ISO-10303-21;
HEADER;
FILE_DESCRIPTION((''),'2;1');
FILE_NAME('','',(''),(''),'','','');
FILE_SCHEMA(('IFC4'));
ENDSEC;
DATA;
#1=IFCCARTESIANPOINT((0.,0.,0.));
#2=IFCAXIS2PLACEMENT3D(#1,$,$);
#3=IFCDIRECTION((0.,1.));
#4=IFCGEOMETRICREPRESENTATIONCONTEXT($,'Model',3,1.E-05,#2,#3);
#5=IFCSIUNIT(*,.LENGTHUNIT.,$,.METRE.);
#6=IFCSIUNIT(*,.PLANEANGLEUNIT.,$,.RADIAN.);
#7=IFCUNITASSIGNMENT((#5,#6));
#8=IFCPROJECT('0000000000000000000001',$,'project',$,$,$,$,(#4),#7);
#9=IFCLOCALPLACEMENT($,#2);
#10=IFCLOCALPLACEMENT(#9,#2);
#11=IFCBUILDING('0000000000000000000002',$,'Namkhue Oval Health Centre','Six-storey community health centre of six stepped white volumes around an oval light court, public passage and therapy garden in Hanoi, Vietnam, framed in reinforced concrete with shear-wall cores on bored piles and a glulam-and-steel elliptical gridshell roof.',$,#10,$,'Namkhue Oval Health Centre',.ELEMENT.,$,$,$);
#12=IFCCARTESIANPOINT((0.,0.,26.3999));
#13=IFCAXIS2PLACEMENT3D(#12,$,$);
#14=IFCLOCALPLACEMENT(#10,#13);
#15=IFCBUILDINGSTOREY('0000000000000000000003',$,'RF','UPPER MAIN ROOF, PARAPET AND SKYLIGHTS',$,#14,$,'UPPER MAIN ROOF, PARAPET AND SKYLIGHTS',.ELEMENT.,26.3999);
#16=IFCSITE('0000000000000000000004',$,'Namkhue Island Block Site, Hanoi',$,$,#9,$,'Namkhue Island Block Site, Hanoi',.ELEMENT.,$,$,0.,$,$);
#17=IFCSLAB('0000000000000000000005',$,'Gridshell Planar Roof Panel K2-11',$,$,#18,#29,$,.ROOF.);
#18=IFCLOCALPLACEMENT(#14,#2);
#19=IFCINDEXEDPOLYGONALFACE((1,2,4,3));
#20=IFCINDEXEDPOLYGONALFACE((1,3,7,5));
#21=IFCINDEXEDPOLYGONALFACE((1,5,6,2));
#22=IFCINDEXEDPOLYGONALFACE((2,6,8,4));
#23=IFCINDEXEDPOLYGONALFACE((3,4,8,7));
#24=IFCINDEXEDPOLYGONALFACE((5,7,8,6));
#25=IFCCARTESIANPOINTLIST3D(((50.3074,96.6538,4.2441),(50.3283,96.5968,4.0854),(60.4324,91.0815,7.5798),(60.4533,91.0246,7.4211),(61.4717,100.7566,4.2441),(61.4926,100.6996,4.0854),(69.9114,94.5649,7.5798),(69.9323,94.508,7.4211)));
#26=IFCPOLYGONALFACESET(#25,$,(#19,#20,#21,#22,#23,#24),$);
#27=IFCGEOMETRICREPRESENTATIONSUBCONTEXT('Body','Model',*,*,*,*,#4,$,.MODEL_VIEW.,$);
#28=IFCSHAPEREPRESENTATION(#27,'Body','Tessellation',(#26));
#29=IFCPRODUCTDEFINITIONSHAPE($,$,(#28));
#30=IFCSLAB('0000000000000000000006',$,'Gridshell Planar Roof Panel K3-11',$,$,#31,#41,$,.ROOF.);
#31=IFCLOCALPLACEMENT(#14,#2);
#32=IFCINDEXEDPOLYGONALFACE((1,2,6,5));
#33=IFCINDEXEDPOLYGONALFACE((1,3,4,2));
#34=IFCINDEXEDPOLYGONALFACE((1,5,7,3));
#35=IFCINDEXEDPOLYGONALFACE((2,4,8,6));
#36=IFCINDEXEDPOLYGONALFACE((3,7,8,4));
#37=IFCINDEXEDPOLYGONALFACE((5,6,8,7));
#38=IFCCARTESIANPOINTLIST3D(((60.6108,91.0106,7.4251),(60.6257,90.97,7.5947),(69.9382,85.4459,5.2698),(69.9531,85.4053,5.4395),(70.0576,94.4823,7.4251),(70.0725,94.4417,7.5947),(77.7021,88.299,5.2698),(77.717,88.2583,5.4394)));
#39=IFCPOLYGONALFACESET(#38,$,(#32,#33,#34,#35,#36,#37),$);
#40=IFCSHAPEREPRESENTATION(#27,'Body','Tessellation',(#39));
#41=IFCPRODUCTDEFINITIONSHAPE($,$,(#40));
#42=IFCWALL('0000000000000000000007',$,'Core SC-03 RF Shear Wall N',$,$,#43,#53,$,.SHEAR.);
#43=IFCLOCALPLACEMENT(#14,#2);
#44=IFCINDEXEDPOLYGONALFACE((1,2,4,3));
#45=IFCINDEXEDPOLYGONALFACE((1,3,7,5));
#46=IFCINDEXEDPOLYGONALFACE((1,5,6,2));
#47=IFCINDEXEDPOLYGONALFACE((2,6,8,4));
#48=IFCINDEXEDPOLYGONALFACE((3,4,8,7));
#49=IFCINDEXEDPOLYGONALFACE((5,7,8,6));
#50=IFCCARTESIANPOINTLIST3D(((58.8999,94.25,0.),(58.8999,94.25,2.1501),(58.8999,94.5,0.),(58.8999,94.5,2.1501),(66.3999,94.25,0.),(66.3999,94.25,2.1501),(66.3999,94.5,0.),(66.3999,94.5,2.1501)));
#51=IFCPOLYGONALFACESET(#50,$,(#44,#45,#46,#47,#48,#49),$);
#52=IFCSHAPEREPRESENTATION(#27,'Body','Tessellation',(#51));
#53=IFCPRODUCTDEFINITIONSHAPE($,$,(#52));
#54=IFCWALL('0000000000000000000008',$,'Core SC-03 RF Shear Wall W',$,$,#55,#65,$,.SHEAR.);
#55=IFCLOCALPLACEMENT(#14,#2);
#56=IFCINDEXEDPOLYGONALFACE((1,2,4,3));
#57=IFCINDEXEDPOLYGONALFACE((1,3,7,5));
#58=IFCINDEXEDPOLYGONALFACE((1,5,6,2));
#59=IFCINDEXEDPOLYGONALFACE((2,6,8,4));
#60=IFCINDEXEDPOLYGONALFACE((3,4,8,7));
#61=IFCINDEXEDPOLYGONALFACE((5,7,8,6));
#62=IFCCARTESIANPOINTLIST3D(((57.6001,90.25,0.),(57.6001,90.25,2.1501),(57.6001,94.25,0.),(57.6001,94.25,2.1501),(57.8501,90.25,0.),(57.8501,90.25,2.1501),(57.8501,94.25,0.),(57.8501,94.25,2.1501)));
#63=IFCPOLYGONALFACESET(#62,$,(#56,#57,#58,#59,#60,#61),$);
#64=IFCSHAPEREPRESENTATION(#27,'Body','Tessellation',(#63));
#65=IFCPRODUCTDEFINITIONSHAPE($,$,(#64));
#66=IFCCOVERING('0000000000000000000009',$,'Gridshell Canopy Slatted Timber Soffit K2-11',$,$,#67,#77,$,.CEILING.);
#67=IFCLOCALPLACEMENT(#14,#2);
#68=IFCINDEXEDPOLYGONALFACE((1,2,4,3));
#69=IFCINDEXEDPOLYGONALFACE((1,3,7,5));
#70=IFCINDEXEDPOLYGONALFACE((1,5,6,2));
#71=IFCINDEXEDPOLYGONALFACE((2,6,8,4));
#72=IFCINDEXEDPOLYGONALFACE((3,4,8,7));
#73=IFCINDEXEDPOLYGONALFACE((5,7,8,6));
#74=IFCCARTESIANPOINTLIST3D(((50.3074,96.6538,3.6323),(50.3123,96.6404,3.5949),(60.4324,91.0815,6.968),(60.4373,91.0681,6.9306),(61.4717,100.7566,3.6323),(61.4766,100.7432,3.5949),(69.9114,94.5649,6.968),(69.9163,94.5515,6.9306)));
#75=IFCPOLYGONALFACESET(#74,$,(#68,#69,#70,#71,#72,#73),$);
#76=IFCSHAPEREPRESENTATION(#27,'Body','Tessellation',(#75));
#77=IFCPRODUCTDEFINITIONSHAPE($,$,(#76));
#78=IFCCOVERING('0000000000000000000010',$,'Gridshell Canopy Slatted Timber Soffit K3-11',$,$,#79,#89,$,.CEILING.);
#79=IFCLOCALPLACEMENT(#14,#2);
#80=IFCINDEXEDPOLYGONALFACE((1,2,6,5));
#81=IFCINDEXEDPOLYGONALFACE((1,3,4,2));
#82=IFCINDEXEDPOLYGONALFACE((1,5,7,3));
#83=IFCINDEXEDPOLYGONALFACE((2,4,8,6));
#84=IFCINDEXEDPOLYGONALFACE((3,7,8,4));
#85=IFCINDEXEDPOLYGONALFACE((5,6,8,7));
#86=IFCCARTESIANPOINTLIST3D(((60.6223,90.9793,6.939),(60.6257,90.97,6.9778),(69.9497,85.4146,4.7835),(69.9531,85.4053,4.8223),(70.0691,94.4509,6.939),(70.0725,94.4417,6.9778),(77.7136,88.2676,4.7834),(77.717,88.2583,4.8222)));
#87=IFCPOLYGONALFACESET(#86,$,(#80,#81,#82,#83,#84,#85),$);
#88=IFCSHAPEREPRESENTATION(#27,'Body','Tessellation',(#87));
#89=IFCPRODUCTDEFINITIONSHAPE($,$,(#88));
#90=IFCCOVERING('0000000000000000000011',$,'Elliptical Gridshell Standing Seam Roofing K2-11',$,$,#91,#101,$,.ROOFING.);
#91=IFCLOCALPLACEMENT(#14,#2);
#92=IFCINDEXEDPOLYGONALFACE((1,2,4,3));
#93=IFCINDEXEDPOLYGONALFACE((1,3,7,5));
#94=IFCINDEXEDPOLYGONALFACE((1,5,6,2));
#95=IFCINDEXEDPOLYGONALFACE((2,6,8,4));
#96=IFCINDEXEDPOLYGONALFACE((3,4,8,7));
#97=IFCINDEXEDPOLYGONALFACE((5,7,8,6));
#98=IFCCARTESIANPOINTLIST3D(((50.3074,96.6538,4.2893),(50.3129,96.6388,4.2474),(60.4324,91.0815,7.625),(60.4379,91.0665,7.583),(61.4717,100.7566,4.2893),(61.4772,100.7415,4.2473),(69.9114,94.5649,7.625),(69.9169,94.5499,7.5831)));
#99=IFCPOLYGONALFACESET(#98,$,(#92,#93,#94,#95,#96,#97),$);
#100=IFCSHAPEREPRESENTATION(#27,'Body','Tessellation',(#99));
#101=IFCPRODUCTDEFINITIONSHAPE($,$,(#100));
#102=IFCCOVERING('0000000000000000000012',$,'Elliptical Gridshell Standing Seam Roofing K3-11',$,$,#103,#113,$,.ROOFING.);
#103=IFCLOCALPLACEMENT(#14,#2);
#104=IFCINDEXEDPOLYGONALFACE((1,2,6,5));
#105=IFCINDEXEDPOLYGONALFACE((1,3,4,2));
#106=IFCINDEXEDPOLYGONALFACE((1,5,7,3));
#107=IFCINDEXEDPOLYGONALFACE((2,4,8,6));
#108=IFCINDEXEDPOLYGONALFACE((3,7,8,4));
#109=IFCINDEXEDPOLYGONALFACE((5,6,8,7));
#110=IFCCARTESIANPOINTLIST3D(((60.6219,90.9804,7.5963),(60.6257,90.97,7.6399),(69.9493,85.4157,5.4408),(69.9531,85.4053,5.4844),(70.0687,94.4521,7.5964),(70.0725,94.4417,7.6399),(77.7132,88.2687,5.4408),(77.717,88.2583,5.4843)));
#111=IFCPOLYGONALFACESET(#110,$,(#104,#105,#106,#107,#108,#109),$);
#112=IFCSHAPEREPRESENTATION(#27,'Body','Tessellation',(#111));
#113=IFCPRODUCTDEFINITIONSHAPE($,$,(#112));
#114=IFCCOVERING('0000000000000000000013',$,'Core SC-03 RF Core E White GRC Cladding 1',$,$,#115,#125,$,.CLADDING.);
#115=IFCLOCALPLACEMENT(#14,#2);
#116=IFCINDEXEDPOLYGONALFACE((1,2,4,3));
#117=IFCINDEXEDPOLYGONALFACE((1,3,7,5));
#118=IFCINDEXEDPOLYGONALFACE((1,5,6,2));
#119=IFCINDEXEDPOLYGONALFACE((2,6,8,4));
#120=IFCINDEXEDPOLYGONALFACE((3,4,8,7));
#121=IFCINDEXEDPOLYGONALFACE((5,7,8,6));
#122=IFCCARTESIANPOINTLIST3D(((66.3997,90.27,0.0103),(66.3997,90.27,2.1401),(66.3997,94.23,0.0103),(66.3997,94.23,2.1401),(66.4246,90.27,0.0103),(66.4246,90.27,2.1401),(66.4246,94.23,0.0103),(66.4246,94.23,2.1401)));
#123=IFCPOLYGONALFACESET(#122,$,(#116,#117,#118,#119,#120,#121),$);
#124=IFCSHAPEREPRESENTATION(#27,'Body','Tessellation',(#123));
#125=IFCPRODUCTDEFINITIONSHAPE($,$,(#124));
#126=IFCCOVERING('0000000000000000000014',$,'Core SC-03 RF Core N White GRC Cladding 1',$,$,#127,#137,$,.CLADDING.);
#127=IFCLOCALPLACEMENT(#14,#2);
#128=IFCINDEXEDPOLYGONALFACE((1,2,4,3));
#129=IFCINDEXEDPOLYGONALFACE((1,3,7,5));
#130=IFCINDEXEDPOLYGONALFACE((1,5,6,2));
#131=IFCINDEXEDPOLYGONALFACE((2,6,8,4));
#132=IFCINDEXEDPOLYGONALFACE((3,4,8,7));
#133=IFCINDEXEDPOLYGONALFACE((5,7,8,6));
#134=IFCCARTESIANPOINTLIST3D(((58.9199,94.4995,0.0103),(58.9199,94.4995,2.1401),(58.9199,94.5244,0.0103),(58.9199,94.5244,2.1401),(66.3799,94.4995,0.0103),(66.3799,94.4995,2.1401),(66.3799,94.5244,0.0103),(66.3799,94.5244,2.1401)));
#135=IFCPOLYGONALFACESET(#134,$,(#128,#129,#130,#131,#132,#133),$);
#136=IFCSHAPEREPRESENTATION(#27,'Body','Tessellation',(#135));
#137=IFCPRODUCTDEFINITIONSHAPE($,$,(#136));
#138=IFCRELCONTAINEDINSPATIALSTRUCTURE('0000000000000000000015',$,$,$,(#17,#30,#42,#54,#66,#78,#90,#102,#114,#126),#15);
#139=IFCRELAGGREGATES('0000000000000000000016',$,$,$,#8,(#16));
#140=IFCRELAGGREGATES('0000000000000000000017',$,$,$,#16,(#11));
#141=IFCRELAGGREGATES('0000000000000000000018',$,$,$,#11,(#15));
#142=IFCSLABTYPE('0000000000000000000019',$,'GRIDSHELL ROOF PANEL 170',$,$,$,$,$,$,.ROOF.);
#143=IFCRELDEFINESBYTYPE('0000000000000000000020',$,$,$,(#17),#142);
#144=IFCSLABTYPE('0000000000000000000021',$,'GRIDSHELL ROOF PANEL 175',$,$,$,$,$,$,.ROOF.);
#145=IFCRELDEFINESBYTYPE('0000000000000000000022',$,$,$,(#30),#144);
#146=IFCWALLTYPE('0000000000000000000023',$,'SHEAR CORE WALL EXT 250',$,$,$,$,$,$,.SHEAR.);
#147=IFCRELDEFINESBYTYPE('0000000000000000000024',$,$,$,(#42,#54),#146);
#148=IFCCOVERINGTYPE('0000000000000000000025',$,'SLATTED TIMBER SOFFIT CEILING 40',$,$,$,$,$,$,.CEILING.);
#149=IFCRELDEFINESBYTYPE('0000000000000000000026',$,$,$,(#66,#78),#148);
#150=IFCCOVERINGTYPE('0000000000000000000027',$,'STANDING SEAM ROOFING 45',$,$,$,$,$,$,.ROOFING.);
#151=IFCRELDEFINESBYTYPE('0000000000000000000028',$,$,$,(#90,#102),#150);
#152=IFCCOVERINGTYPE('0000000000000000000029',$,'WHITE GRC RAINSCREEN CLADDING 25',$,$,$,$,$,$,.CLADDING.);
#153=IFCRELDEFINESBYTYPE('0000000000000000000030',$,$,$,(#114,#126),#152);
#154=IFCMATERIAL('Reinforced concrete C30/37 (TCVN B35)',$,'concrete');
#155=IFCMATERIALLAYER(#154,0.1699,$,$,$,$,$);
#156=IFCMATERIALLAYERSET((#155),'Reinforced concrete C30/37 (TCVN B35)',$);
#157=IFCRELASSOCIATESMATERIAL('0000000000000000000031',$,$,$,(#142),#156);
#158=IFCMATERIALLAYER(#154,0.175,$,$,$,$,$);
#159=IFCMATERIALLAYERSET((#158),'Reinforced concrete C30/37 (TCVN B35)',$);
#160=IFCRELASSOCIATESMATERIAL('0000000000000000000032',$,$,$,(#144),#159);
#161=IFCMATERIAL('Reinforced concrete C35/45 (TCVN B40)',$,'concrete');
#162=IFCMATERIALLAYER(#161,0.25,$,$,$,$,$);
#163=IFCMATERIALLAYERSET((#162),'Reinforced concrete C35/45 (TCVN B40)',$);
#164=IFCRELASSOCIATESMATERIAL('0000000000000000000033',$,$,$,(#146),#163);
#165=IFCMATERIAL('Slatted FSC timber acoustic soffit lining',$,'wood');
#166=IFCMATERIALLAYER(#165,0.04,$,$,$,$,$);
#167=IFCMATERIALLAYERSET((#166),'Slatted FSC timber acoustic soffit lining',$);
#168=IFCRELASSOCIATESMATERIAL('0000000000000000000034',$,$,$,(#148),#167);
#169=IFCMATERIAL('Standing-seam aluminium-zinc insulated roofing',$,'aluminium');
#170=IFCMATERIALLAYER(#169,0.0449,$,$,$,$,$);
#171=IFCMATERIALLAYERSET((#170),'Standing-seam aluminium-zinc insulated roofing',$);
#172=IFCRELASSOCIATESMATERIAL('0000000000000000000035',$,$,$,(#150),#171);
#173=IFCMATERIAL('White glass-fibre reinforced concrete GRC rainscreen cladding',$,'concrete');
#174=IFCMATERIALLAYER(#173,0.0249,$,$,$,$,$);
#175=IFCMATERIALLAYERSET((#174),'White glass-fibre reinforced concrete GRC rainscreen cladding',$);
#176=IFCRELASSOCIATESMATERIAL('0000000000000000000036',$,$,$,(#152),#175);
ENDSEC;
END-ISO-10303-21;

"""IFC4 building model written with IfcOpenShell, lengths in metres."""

from ifc_helpers import new_model, si_unit, direction, frame, frame_2d, origin, origin_2d, place, context, subcontext, project, spatial, polyline, rectangle, outline, extrude, material, layer, layer_set, type_object, element, save


model = new_model("IFC4")

# Units and contexts
model_context = context("Model", 3, precision=1e-05, world=origin(), true_north=direction((0.0, 1.0)))
body_context = subcontext(model_context, "Body", "Model", "MODEL_VIEW")
ifc_project = project(units=[si_unit("LENGTHUNIT", "METRE"), si_unit("PLANEANGLEUNIT", "RADIAN")], contexts=[model_context])

# Site, building, storey
site_placement = place(None, origin())
site = spatial("IfcSite", under=ifc_project, at=site_placement, Name="Namkhue Island Block Site, Hanoi", LongName="Namkhue Island Block Site, Hanoi", CompositionType="ELEMENT", RefElevation=0.0)
building_placement = place(site_placement, origin())
building = spatial("IfcBuilding", under=site, at=building_placement, Name="Namkhue Oval Health Centre", Description="Six-storey community health centre of six stepped white volumes around an oval light court, public passage and therapy garden in Hanoi, Vietnam, framed in reinforced concrete with shear-wall cores on bored piles and a glulam-and-steel elliptical gridshell roof.", LongName="Namkhue Oval Health Centre", CompositionType="ELEMENT")
storey_placement = place(building_placement, frame((0.0, 0.0, 26.3999)))
storey = spatial("IfcBuildingStorey", under=building, at=storey_placement, Name="RF", Description="UPPER MAIN ROOF, PARAPET AND SKYLIGHTS", LongName="UPPER MAIN ROOF, PARAPET AND SKYLIGHTS", CompositionType="ELEMENT", Elevation=26.3999)

# Slabs
ifc_material_1 = material(Name="Reinforced concrete C30/37 (TCVN B35)", Category="concrete")
ifc_layer_1 = layer(ifc_material_1, 0.1699)
ifc_layer_set_1 = layer_set([ifc_layer_1], Name="Reinforced concrete C30/37 (TCVN B35)")
slab_type_1 = type_object("IfcSlabType", Name="GRIDSHELL ROOF PANEL 170", PredefinedType="ROOF", material=ifc_layer_set_1)
slab_1_placement = place(storey_placement, frame((61.4717, 100.7566, 4.2441), z_axis=(-0.123206, 0.335264, 0.934033), x_axis=(-0.938626, -0.344936, 0.000001)))
element("IfcSlab", 1, at=slab_1_placement, inside=storey, type_object=slab_type_1, Name="Gridshell Planar Roof Panel K2-11", PredefinedType="ROOF", context=body_context, shape_type="SweptSolid", body=[
    extrude(outline(polyline([(0.0, 0.0), (11.8943, 0.0), (4.3128, 9.3388), (-5.786, 9.3389), (0.0, 0.0)])), origin(), (0.0, 0.0, -1.0), 0.1699),
])
ifc_layer_2 = layer(ifc_material_1, 0.175)
ifc_layer_set_2 = layer_set([ifc_layer_2], Name="Reinforced concrete C30/37 (TCVN B35)")
slab_type_2 = type_object("IfcSlabType", Name="GRIDSHELL ROOF PANEL 175", PredefinedType="ROOF", material=ifc_layer_set_2)
slab_2_placement = place(storey_placement, frame((70.0725, 94.4417, 7.5947), z_axis=(0.085339, -0.232223, 0.968912), x_axis=(-0.938624, -0.344942, -0.000002)))
element("IfcSlab", 2, at=slab_2_placement, inside=storey, type_object=slab_type_2, Name="Gridshell Planar Roof Panel K3-11", PredefinedType="ROOF", context=body_context, shape_type="SweptSolid", body=[
    extrude(outline(polyline([(0.0, 0.0), (10.0645, 0.0), (3.2291, 8.7114), (-5.0424, 8.7116), (0.0, 0.0)])), origin(), (0.0, 0.0, -1.0), 0.175),
])

# Walls
ifc_material_2 = material(Name="Reinforced concrete C35/45 (TCVN B40)", Category="concrete")
ifc_layer_3 = layer(ifc_material_2, 0.25)
ifc_layer_set_3 = layer_set([ifc_layer_3], Name="Reinforced concrete C35/45 (TCVN B40)")
wall_type = type_object("IfcWallType", Name="SHEAR CORE WALL EXT 250", PredefinedType="SHEAR", material=ifc_layer_set_3)
wall_1_placement = place(storey_placement, frame((66.3999, 94.375, 0.0), z_axis=(0.0, 0.0, 1.0), x_axis=(-1.0, 0.0, 0.0)))
element("IfcWall", 3, at=wall_1_placement, inside=storey, type_object=wall_type, Name="Core SC-03 RF Shear Wall N", PredefinedType="SHEAR", context=body_context, shape_type="SweptSolid", body=[
    extrude(rectangle(XDim=7.5, YDim=0.25, at=frame_2d((3.75, 0.0))), origin(), (0.0, 0.0, 1.0), 2.1501),
])
wall_2_placement = place(storey_placement, frame((57.7251, 94.25, 0.0), z_axis=(0.0, 0.0, 1.0), x_axis=(0.0, -1.0, 0.0)))
element("IfcWall", 4, at=wall_2_placement, inside=storey, type_object=wall_type, Name="Core SC-03 RF Shear Wall W", PredefinedType="SHEAR", context=body_context, shape_type="SweptSolid", body=[
    extrude(rectangle(XDim=4.0, YDim=0.25, at=frame_2d((2.0, 0.0))), origin(), (0.0, 0.0, 1.0), 2.1501),
])

# Coverings
ifc_material_3 = material(Name="Slatted FSC timber acoustic soffit lining", Category="wood")
ifc_layer_4 = layer(ifc_material_3, 0.04)
ifc_layer_set_4 = layer_set([ifc_layer_4], Name="Slatted FSC timber acoustic soffit lining")
covering_type_1 = type_object("IfcCoveringType", Name="SLATTED TIMBER SOFFIT CEILING 40", PredefinedType="CEILING", material=ifc_layer_set_4)
covering_1_placement = place(storey_placement, frame((61.4717, 100.7566, 3.6323), z_axis=(-0.123206, 0.335264, 0.934033), x_axis=(-0.938626, -0.344936, 0.000001)))
element("IfcCovering", 5, at=covering_1_placement, inside=storey, type_object=covering_type_1, Name="Gridshell Canopy Slatted Timber Soffit K2-11", PredefinedType="CEILING", context=body_context, shape_type="SweptSolid", body=[
    extrude(outline(polyline([(0.0, 0.0), (11.8943, 0.0), (4.3128, 9.3388), (-5.786, 9.3389), (0.0, 0.0)])), origin(), (0.0, 0.0, -1.0), 0.04),
])
covering_2_placement = place(storey_placement, frame((70.0725, 94.4417, 6.9778), z_axis=(0.085348, -0.232248, 0.968905), x_axis=(-0.938624, -0.344942, -0.000002)))
element("IfcCovering", 6, at=covering_2_placement, inside=storey, type_object=covering_type_1, Name="Gridshell Canopy Slatted Timber Soffit K3-11", PredefinedType="CEILING", context=body_context, shape_type="SweptSolid", body=[
    extrude(outline(polyline([(0.0, 0.0), (10.0645, 0.0), (3.2291, 8.7115), (-5.0424, 8.7116), (0.0, 0.0)])), origin(), (0.0, 0.0, -1.0), 0.04),
])
ifc_material_4 = material(Name="Standing-seam aluminium-zinc insulated roofing", Category="aluminium")
ifc_layer_5 = layer(ifc_material_4, 0.0449)
ifc_layer_set_5 = layer_set([ifc_layer_5], Name="Standing-seam aluminium-zinc insulated roofing")
covering_type_2 = type_object("IfcCoveringType", Name="STANDING SEAM ROOFING 45", PredefinedType="ROOFING", material=ifc_layer_set_5)
covering_3_placement = place(storey_placement, frame((61.4717, 100.7566, 4.2893), z_axis=(-0.123206, 0.335264, 0.934033), x_axis=(-0.938626, -0.344936, 0.000001)))
element("IfcCovering", 7, at=covering_3_placement, inside=storey, type_object=covering_type_2, Name="Elliptical Gridshell Standing Seam Roofing K2-11", PredefinedType="ROOFING", context=body_context, shape_type="SweptSolid", body=[
    extrude(outline(polyline([(0.0, 0.0), (11.8943, 0.0), (4.3128, 9.3388), (-5.786, 9.3389), (0.0, 0.0)])), origin(), (0.0, 0.0, -1.0), 0.0449),
])
covering_4_placement = place(storey_placement, frame((70.0725, 94.4417, 7.6399), z_axis=(0.085348, -0.232248, 0.968905), x_axis=(-0.938624, -0.344942, -0.000002)))
element("IfcCovering", 8, at=covering_4_placement, inside=storey, type_object=covering_type_2, Name="Elliptical Gridshell Standing Seam Roofing K3-11", PredefinedType="ROOFING", context=body_context, shape_type="SweptSolid", body=[
    extrude(outline(polyline([(0.0, 0.0), (10.0645, 0.0), (3.2291, 8.7115), (-5.0424, 8.7116), (0.0, 0.0)])), origin(), (0.0, 0.0, -1.0), 0.0449),
])
ifc_material_5 = material(Name="White glass-fibre reinforced concrete GRC rainscreen cladding", Category="concrete")
ifc_layer_6 = layer(ifc_material_5, 0.0249)
ifc_layer_set_6 = layer_set([ifc_layer_6], Name="White glass-fibre reinforced concrete GRC rainscreen cladding")
covering_type_3 = type_object("IfcCoveringType", Name="WHITE GRC RAINSCREEN CLADDING 25", PredefinedType="CLADDING", material=ifc_layer_set_6)
covering_5_placement = place(storey_placement, frame((66.4121, 92.25, 0.0103), z_axis=(0.0, 0.0, 1.0), x_axis=(0.0, 1.0, 0.0)))
element("IfcCovering", 9, at=covering_5_placement, inside=storey, type_object=covering_type_3, Name="Core SC-03 RF Core E White GRC Cladding 1", PredefinedType="CLADDING", context=body_context, shape_type="SweptSolid", body=[
    extrude(rectangle(XDim=3.96, YDim=0.0249, at=origin_2d()), origin(), (0.0, 0.0, 1.0), 2.1299),
])
covering_6_placement = place(storey_placement, frame((62.6499, 94.512, 0.0103), z_axis=(0.0, 0.0, 1.0), x_axis=(-1.0, 0.0, 0.0)))
element("IfcCovering", 10, at=covering_6_placement, inside=storey, type_object=covering_type_3, Name="Core SC-03 RF Core N White GRC Cladding 1", PredefinedType="CLADDING", context=body_context, shape_type="SweptSolid", body=[
    extrude(rectangle(XDim=7.46, YDim=0.0249, at=origin_2d()), origin(), (0.0, 0.0, 1.0), 2.1299),
])

save(model, "model.ifc")
